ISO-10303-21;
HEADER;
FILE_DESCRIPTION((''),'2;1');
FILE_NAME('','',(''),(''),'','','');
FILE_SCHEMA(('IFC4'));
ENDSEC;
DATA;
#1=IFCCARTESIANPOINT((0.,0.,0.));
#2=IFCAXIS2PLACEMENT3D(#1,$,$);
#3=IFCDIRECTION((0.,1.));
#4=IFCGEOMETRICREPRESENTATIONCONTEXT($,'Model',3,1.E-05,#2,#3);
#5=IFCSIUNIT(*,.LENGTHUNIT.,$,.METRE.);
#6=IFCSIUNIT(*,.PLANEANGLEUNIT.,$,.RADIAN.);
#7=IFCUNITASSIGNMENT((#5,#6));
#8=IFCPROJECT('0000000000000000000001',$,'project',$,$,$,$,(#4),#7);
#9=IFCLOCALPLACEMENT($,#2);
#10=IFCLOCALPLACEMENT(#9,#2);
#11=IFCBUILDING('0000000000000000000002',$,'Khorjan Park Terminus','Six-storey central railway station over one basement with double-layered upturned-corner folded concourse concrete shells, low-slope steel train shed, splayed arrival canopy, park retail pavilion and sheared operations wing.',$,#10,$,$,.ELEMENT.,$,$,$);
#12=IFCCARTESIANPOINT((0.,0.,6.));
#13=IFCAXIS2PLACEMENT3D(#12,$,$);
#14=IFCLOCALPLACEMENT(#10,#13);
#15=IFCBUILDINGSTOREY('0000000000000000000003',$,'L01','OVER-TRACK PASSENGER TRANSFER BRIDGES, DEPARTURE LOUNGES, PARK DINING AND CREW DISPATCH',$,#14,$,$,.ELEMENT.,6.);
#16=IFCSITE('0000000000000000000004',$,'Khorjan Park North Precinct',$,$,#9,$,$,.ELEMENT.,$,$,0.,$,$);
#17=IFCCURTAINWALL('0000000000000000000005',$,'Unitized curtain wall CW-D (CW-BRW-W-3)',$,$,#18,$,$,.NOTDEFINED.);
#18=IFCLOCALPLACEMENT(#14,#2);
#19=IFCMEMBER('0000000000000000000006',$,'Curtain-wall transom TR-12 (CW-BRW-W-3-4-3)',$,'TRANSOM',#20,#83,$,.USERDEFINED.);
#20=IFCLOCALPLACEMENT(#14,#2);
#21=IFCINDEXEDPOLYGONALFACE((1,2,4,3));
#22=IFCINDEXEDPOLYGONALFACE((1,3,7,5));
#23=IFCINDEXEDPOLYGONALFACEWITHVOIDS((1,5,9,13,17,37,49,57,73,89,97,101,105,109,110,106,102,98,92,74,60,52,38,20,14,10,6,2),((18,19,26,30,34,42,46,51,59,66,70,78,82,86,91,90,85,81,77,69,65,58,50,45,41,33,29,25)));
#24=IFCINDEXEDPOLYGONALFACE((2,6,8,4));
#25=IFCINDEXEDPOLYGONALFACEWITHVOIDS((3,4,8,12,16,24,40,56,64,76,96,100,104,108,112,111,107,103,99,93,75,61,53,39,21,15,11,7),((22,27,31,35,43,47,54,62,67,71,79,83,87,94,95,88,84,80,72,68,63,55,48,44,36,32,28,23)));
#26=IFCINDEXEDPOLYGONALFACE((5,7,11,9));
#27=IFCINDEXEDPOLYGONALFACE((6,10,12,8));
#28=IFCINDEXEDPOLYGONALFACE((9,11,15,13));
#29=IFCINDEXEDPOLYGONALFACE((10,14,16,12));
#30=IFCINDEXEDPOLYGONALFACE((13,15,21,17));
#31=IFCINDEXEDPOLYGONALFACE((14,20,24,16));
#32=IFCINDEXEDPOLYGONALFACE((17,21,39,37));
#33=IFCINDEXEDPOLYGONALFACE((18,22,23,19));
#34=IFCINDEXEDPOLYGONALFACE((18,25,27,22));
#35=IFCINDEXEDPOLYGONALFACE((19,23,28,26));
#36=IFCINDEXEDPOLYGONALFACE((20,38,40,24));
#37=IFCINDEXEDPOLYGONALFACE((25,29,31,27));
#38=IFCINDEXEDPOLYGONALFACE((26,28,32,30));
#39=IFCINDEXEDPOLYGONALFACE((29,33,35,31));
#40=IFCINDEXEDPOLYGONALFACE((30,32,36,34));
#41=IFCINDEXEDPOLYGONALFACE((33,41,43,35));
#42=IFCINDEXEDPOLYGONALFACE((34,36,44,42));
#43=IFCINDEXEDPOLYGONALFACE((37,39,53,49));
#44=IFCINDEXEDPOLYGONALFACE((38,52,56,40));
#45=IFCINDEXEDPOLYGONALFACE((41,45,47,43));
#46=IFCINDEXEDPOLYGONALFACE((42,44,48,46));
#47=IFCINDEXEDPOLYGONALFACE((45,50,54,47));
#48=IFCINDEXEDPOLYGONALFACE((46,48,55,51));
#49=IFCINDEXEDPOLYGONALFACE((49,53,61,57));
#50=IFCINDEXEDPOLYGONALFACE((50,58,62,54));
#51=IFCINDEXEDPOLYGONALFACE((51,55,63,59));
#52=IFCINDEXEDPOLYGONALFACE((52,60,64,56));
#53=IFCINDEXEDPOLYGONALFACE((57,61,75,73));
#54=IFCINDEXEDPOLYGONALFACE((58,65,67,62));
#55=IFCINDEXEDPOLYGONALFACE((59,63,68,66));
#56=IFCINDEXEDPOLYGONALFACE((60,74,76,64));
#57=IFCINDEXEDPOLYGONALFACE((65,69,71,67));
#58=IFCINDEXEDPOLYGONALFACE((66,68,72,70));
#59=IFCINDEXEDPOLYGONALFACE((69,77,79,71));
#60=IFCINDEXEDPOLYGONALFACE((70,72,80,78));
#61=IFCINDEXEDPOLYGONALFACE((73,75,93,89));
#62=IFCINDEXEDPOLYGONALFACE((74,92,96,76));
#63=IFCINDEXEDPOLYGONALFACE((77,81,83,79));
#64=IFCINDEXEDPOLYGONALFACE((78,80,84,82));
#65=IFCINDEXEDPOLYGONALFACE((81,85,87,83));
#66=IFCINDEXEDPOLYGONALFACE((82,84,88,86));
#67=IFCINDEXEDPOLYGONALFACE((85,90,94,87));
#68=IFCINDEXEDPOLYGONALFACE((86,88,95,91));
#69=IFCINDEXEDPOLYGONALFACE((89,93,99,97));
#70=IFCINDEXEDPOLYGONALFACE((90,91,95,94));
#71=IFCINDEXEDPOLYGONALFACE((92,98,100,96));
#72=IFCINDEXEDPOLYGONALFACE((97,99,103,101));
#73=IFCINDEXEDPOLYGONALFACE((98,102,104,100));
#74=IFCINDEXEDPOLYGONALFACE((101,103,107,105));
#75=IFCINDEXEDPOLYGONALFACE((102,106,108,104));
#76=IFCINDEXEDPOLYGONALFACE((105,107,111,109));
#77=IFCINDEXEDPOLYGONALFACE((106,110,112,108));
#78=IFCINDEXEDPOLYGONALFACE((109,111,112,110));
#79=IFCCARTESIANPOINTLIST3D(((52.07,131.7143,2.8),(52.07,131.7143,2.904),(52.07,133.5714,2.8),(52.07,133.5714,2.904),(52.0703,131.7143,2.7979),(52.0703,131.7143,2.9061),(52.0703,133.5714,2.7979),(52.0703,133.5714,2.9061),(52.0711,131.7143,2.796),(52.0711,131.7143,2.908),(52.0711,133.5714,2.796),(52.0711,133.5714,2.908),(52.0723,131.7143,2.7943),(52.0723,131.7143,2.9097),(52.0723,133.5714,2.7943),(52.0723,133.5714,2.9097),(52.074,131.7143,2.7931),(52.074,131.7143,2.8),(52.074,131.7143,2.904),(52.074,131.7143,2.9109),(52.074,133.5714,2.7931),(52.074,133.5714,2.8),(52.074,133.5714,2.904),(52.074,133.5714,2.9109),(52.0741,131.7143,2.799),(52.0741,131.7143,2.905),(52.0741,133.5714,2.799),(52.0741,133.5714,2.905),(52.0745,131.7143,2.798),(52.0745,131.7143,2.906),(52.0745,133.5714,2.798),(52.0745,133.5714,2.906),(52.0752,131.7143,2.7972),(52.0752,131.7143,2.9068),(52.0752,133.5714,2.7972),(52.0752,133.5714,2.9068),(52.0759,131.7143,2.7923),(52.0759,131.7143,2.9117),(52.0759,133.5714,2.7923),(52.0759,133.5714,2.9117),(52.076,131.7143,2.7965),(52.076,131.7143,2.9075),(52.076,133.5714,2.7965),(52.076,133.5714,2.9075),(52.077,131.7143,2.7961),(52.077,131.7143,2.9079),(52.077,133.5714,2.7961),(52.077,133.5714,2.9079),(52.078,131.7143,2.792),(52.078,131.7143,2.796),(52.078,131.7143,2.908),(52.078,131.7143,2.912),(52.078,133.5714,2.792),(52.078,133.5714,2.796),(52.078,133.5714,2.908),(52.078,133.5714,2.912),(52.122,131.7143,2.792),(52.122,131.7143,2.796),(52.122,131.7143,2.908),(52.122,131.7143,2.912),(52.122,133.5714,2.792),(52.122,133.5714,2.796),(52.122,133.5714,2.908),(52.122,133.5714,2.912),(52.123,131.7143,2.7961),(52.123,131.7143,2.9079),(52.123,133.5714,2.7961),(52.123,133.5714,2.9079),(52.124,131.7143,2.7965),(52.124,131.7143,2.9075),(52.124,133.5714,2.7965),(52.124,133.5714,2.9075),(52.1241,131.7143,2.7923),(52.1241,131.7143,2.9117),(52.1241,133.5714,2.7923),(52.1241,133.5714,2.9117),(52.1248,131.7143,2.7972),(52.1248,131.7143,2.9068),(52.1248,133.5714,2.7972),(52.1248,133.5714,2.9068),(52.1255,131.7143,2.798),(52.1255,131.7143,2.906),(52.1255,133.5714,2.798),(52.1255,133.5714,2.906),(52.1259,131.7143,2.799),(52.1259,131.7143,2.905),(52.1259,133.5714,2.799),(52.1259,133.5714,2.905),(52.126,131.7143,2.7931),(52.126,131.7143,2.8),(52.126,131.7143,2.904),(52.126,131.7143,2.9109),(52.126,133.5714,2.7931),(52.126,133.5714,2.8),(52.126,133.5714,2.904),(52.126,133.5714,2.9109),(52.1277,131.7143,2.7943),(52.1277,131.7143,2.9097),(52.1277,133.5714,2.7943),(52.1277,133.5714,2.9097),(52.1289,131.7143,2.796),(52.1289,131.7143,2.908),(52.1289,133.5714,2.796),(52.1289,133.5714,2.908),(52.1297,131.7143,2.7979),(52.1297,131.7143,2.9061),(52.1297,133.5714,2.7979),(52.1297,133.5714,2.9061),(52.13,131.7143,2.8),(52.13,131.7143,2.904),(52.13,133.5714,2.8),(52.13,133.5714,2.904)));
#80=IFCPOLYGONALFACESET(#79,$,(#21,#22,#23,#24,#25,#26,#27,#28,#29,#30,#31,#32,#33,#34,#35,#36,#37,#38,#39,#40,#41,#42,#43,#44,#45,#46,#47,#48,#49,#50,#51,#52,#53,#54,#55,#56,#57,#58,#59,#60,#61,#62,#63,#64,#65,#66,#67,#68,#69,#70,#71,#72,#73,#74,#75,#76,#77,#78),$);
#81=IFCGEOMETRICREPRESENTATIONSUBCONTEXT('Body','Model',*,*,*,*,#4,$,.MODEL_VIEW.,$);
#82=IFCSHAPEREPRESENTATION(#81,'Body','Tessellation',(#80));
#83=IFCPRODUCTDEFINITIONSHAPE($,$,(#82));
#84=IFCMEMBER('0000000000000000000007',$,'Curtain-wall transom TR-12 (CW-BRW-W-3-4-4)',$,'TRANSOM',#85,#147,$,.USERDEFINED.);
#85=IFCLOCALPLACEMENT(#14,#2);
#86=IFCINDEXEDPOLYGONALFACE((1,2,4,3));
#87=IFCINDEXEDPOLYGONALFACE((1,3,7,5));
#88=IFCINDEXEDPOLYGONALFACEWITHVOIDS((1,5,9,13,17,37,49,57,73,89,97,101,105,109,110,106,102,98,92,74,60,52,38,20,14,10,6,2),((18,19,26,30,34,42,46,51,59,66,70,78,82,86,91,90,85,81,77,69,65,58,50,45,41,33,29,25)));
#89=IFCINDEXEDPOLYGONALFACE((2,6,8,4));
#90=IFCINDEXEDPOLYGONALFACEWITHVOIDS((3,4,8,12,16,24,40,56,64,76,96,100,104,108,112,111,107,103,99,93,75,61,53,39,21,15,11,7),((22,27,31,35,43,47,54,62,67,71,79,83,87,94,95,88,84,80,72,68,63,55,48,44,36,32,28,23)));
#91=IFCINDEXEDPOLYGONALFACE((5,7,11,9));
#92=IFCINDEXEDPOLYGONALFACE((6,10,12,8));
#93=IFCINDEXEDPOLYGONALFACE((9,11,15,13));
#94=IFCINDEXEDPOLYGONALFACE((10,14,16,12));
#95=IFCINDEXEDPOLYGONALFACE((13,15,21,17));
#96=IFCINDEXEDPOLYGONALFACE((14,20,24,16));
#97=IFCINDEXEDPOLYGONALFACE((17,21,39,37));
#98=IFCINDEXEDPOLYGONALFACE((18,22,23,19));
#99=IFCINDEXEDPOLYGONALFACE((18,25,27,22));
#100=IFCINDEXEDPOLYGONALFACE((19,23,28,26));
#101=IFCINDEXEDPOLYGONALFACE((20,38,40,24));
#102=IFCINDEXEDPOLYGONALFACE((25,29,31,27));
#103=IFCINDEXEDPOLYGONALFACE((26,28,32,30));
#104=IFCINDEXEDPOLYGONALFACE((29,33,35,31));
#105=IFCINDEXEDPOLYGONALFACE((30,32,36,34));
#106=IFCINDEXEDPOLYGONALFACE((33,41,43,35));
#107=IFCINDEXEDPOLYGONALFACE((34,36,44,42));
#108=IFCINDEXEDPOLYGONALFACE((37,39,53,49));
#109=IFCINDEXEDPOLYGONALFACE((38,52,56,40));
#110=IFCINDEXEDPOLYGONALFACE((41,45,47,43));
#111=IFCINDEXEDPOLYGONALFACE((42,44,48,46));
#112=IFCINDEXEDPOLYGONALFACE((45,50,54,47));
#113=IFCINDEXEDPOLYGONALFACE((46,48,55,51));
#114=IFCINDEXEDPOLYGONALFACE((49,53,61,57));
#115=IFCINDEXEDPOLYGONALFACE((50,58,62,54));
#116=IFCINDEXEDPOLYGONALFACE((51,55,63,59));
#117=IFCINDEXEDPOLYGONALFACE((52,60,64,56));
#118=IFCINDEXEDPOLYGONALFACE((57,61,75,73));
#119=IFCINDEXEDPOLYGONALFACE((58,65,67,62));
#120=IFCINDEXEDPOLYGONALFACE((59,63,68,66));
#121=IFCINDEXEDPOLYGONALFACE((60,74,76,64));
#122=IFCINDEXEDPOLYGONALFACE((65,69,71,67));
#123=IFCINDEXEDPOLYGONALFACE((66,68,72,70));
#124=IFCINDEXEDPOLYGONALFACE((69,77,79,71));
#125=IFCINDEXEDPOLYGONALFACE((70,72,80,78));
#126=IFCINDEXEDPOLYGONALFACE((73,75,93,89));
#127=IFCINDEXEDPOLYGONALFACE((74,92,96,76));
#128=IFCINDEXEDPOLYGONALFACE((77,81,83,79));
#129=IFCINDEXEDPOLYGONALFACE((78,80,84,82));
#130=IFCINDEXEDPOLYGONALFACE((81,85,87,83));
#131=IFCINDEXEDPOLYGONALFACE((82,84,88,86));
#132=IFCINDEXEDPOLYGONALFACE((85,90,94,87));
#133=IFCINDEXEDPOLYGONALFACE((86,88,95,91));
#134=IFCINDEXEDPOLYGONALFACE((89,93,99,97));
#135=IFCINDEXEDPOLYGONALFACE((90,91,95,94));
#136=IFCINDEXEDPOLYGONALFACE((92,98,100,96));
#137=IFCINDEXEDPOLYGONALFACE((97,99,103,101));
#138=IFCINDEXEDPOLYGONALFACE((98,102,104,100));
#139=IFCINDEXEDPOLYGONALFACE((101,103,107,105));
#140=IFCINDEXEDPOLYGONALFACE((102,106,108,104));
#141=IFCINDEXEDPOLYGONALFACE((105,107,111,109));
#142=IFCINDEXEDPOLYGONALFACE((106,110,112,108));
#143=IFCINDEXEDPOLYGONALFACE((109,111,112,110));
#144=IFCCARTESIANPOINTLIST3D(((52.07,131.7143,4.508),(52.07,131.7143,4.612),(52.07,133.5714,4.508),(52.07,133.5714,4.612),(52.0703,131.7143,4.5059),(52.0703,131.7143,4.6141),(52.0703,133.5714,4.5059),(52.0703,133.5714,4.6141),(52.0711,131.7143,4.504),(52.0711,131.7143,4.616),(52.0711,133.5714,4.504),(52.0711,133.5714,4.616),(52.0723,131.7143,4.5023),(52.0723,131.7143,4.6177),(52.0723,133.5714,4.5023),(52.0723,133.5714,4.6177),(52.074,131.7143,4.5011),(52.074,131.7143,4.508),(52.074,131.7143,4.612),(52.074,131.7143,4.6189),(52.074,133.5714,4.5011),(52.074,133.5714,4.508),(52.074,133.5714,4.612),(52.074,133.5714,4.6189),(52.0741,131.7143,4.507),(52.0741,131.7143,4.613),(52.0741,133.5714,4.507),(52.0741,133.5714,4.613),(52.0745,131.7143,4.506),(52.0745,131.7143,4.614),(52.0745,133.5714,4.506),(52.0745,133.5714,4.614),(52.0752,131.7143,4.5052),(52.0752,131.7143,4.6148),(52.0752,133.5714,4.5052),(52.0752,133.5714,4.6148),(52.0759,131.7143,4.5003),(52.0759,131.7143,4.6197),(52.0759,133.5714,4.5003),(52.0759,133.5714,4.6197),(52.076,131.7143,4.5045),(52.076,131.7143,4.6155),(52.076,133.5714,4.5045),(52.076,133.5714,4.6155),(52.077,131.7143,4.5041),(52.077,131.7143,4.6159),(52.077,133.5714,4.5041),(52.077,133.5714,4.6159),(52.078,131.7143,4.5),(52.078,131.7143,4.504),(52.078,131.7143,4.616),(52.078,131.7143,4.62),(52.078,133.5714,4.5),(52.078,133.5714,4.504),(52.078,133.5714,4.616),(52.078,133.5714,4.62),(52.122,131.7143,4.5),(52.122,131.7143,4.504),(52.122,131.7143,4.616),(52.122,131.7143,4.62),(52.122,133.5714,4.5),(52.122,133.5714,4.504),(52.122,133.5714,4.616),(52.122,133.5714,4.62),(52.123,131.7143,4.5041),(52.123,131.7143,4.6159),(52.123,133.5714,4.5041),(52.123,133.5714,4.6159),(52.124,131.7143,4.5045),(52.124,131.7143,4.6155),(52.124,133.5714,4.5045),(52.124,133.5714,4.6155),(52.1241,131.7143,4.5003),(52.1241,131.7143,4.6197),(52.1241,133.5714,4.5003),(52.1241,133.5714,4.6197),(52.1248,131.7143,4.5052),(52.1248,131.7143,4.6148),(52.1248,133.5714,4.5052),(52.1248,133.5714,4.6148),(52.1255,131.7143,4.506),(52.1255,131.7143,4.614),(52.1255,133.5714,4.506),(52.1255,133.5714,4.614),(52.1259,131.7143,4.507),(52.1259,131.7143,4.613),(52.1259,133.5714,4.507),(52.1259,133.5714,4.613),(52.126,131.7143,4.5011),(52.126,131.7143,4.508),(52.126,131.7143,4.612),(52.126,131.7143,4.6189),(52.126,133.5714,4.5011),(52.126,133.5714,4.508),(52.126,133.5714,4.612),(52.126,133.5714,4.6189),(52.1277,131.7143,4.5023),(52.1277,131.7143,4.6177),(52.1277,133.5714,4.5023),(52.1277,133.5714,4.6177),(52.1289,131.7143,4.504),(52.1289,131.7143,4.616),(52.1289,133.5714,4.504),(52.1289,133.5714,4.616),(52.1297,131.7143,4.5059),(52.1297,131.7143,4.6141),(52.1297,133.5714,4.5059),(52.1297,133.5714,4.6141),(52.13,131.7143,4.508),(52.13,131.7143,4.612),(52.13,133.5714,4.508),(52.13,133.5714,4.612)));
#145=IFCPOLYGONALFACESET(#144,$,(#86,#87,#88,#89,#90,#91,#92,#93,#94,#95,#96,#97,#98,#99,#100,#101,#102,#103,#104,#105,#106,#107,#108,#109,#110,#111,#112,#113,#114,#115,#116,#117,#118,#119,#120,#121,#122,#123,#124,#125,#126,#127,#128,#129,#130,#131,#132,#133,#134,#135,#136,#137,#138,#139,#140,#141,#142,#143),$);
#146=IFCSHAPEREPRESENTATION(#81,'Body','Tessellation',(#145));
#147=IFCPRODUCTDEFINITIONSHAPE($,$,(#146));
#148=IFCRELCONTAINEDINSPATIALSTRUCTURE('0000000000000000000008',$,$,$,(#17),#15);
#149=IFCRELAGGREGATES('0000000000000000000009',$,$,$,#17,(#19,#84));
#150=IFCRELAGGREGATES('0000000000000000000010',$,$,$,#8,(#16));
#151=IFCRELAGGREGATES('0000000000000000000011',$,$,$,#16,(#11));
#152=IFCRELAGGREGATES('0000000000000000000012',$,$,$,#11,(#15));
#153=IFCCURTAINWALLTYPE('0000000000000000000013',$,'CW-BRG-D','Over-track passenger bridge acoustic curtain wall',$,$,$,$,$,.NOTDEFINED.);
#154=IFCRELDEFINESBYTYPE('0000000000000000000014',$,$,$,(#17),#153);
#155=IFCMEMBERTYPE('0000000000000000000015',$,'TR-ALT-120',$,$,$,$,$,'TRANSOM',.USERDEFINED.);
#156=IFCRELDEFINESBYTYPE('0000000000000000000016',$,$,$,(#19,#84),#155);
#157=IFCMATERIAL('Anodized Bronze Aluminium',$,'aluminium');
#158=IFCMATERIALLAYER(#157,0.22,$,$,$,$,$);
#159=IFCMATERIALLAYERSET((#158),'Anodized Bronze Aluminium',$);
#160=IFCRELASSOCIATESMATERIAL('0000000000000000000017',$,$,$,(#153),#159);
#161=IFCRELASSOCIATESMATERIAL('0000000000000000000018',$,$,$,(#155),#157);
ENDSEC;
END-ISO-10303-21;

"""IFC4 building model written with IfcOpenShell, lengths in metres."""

from ifc_helpers import new_model, si_unit, direction, frame, origin, origin_2d, place, context, subcontext, project, spatial, hollow_rectangle, extrude, material, layer, layer_set, material_profile, profile_set, type_object, element, aggregate, save


model = new_model("IFC4")

# Units and contexts
model_context = context("Model", 3, precision=1e-05, world=origin(), true_north=direction((0.0, 1.0)))
body_context = subcontext(model_context, "Body", "Model", "MODEL_VIEW")
ifc_project = project(units=[si_unit("LENGTHUNIT", "METRE"), si_unit("PLANEANGLEUNIT", "RADIAN")], contexts=[model_context])

# Site, building, storey
site_placement = place(None, origin())
site = spatial("IfcSite", under=ifc_project, at=site_placement, Name="Khorjan Park North Precinct", CompositionType="ELEMENT", RefElevation=0.0)
building_placement = place(site_placement, origin())
building = spatial("IfcBuilding", under=site, at=building_placement, Name="Khorjan Park Terminus", Description="Six-storey central railway station over one basement with double-layered upturned-corner folded concourse concrete shells, low-slope steel train shed, splayed arrival canopy, park retail pavilion and sheared operations wing.", CompositionType="ELEMENT")
storey_placement = place(building_placement, frame((0.0, 0.0, 6.0)))
storey = spatial("IfcBuildingStorey", under=building, at=storey_placement, Name="L01", Description="OVER-TRACK PASSENGER TRANSFER BRIDGES, DEPARTURE LOUNGES, PARK DINING AND CREW DISPATCH", CompositionType="ELEMENT", Elevation=6.0)

# Curtain wall, members
ifc_material_1 = material(Name="Anodized Bronze Aluminium", Category="aluminium")
ifc_layer_1 = layer(ifc_material_1, 0.22)
ifc_layer_set_1 = layer_set([ifc_layer_1], Name="Anodized Bronze Aluminium")
curtain_wall_type = type_object("IfcCurtainWallType", Name="CW-BRG-D", Description="Over-track passenger bridge acoustic curtain wall", PredefinedType="NOTDEFINED", material=ifc_layer_set_1)
curtain_wall_placement = place(storey_placement, origin())
curtain_wall = element("IfcCurtainWall", 1, at=curtain_wall_placement, inside=storey, type_object=curtain_wall_type, Name="Unitized curtain wall CW-D (CW-BRW-W-3)", PredefinedType="NOTDEFINED")
ifc_material_profile_1 = material_profile(ifc_material_1, hollow_rectangle(XDim=0.06, YDim=0.12, WallThickness=0.004, InnerFilletRadius=0.004, OuterFilletRadius=0.008, at=origin_2d()), Name="ALT 60x120x4")
ifc_profile_set_1 = profile_set([ifc_material_profile_1], Name="Anodized Bronze Aluminium")
member_type_1 = type_object("IfcMemberType", Name="TR-ALT-120", ElementType="TRANSOM", PredefinedType="USERDEFINED", material=ifc_profile_set_1)
member_1_placement = place(storey_placement, frame((52.1, 133.5714, 2.852), z_axis=(0.0, -1.0, 0.0), x_axis=(1.0, 0.0, 0.0)))
member_1 = element("IfcMember", 2, at=member_1_placement, type_object=member_type_1, Name="Curtain-wall transom TR-12 (CW-BRW-W-3-4-3)", ObjectType="TRANSOM", PredefinedType="USERDEFINED", context=body_context, shape_type="SweptSolid", body=[
    extrude(hollow_rectangle(XDim=0.06, YDim=0.12, WallThickness=0.004, InnerFilletRadius=0.004, OuterFilletRadius=0.008, at=origin_2d()), origin(), (0.0, 0.0, 1.0), 1.8571),
])
member_2_placement = place(storey_placement, frame((52.1, 133.5714, 4.56), z_axis=(0.0, -1.0, 0.0), x_axis=(1.0, 0.0, 0.0)))
member_2 = element("IfcMember", 3, at=member_2_placement, type_object=member_type_1, Name="Curtain-wall transom TR-12 (CW-BRW-W-3-4-4)", ObjectType="TRANSOM", PredefinedType="USERDEFINED", context=body_context, shape_type="SweptSolid", body=[
    extrude(hollow_rectangle(XDim=0.06, YDim=0.12, WallThickness=0.004, InnerFilletRadius=0.004, OuterFilletRadius=0.008, at=origin_2d()), origin(), (0.0, 0.0, 1.0), 1.8571),
])
aggregate(curtain_wall, [member_1, member_2])

save(model, "model.ifc")
